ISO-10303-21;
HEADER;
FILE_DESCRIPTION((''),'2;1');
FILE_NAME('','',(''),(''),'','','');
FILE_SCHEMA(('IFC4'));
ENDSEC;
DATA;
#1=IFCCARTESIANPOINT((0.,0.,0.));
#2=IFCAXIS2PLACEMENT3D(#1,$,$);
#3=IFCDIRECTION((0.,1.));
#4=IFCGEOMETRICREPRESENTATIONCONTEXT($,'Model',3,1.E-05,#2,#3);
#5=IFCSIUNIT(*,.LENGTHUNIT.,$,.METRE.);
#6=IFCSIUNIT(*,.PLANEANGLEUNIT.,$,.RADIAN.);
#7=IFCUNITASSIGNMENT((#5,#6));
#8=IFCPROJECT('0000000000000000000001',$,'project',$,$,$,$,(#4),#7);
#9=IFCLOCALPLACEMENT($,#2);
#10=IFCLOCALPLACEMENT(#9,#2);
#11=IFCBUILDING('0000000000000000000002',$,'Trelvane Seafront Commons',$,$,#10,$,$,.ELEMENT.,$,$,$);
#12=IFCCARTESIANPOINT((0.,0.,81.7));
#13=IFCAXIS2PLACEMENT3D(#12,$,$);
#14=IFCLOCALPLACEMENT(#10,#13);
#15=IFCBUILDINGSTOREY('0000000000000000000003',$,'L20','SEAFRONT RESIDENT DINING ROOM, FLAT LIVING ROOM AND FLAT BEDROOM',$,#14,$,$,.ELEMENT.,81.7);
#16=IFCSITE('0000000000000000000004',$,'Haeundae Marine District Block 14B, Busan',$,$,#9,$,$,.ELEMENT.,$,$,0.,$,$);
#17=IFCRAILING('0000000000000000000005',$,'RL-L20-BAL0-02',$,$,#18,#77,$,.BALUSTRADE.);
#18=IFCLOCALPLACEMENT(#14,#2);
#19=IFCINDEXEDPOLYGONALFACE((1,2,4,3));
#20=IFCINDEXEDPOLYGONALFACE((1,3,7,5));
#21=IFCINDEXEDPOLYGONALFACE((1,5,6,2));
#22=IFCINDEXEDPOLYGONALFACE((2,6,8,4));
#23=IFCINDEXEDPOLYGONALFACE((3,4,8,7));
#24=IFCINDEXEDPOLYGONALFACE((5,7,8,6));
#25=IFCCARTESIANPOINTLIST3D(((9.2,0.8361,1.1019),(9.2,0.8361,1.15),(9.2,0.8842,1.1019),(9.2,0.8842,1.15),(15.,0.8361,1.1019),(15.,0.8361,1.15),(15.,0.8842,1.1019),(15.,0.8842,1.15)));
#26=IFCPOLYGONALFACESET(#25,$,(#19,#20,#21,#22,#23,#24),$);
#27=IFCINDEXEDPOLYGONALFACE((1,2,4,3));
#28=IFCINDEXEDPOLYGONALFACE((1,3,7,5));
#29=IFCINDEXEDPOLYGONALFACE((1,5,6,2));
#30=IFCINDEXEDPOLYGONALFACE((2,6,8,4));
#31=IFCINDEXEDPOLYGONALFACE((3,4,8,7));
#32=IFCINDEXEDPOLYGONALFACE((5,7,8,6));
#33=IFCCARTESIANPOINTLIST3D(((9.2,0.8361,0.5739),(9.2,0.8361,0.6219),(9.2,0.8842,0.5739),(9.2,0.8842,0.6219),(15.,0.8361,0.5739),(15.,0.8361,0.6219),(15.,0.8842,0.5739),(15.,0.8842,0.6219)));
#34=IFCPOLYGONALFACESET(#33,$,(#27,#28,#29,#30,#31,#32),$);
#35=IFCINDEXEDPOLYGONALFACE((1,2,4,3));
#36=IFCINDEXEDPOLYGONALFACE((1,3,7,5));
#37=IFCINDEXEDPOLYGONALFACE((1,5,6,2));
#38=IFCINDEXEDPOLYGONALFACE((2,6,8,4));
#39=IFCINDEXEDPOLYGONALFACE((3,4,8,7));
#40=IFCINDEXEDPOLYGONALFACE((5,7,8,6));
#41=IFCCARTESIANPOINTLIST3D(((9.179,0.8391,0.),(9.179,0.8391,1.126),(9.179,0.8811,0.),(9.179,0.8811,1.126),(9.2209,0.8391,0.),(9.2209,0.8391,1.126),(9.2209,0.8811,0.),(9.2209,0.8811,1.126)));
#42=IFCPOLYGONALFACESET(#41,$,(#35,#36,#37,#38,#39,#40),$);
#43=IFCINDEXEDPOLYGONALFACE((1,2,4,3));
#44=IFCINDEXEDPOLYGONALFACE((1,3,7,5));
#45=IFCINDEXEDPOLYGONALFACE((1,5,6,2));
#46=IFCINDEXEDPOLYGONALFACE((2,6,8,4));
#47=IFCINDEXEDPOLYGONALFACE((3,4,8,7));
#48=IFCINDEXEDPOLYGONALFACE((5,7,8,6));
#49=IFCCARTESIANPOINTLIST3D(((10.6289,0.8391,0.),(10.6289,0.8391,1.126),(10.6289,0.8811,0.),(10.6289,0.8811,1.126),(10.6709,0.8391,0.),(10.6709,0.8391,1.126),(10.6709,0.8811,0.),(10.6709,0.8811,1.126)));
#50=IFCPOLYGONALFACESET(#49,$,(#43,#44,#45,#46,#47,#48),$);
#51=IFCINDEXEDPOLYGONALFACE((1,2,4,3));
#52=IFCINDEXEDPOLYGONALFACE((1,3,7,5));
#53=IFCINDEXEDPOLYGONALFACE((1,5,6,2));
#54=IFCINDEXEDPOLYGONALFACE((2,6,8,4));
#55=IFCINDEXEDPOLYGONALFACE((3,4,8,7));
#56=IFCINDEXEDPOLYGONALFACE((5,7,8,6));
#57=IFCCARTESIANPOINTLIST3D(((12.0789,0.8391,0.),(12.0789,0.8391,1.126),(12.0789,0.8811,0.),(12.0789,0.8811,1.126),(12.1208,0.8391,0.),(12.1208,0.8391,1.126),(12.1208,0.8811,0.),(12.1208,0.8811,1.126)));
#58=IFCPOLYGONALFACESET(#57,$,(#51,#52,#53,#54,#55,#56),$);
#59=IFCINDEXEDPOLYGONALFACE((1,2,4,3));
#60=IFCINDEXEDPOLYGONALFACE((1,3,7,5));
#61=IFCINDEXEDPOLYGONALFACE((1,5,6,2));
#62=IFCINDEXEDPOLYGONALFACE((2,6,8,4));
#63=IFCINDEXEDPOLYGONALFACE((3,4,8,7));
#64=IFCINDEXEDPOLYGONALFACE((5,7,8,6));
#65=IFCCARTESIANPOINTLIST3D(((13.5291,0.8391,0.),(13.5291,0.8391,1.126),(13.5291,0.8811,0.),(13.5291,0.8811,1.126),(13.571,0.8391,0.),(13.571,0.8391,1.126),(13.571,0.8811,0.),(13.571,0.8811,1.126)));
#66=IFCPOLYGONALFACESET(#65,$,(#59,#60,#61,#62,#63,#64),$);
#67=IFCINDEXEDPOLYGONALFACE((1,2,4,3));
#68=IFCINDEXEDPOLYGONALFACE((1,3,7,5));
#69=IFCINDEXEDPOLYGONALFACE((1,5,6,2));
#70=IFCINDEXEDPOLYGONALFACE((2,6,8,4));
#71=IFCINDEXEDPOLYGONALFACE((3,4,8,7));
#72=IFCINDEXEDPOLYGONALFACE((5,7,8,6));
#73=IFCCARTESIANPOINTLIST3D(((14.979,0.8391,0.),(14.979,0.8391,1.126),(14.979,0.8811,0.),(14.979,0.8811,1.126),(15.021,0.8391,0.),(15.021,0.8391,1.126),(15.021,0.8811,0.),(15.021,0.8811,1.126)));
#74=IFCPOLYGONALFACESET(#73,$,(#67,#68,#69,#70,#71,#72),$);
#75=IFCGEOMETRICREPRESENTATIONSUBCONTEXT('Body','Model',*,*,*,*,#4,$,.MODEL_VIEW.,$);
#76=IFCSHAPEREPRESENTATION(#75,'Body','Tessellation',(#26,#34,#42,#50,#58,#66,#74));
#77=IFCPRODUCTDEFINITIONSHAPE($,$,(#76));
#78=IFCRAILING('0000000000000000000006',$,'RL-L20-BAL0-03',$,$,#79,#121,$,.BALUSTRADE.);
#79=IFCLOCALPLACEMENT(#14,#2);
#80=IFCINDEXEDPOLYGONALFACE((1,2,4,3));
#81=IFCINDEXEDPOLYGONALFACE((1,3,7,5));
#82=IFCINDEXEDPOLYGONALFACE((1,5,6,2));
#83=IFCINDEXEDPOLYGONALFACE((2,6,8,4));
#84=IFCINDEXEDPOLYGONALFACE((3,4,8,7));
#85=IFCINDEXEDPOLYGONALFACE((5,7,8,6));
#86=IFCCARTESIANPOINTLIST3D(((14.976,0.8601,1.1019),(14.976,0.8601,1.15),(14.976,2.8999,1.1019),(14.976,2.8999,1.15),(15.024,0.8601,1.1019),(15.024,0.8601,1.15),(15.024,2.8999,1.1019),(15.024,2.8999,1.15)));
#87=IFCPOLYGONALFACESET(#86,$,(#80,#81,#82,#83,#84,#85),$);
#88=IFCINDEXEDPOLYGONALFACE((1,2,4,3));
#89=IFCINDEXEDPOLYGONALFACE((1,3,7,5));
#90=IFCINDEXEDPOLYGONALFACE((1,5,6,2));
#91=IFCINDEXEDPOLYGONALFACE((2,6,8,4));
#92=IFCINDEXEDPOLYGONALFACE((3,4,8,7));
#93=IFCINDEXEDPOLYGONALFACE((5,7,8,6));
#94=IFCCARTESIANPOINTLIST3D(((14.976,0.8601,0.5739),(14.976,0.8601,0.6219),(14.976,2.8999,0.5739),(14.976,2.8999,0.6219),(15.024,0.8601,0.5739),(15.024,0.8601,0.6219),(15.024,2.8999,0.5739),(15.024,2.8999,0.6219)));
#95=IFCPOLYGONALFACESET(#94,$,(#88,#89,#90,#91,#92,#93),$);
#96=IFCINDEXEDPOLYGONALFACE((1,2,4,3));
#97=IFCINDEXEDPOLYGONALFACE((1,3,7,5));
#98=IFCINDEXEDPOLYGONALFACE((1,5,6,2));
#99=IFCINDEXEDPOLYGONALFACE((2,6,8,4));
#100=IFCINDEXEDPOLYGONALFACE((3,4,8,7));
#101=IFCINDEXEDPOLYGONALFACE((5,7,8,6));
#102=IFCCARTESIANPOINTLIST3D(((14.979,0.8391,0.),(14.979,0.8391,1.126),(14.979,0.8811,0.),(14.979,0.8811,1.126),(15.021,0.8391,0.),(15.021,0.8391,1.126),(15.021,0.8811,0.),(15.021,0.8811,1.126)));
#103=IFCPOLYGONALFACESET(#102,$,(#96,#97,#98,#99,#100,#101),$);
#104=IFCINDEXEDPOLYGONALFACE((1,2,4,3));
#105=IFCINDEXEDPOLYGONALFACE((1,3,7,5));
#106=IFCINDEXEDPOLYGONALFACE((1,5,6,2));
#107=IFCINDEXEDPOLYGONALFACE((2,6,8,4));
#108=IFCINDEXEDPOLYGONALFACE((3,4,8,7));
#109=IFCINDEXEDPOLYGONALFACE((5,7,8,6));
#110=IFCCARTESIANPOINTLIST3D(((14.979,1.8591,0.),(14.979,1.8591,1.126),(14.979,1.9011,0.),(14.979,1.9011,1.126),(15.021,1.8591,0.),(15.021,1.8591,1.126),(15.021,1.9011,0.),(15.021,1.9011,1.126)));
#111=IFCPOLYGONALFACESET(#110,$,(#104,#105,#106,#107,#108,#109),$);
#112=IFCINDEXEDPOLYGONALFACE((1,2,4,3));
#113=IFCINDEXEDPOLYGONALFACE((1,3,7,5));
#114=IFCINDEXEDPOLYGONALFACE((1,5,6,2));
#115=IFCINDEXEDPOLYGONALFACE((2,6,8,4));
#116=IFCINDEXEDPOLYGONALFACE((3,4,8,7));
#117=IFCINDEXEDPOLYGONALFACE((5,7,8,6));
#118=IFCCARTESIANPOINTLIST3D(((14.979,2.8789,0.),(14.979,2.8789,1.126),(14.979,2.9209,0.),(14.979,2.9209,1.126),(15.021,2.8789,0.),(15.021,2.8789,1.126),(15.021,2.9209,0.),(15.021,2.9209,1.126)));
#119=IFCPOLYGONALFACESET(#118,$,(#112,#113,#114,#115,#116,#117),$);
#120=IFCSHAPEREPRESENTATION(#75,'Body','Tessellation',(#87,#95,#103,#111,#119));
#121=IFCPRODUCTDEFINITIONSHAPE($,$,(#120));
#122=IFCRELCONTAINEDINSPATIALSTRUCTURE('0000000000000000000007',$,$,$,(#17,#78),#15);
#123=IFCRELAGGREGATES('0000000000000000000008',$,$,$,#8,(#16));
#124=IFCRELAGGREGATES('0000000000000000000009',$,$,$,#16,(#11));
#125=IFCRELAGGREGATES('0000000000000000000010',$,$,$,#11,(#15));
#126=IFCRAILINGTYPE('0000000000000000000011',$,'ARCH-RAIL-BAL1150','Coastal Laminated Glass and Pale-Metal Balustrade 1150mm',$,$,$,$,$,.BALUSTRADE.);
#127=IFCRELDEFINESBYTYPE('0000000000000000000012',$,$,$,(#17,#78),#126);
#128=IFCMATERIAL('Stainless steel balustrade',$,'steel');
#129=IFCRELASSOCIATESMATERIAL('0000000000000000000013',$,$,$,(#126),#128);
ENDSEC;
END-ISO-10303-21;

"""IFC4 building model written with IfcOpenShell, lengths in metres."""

from ifc_helpers import new_model, si_unit, direction, frame, origin, origin_2d, place, context, subcontext, project, spatial, rectangle, extrude, material, type_object, element, save


model = new_model("IFC4")

# Units and contexts
model_context = context("Model", 3, precision=1e-05, world=origin(), true_north=direction((0.0, 1.0)))
body_context = subcontext(model_context, "Body", "Model", "MODEL_VIEW")
ifc_project = project(units=[si_unit("LENGTHUNIT", "METRE"), si_unit("PLANEANGLEUNIT", "RADIAN")], contexts=[model_context])

# Site, building, storey
site_placement = place(None, origin())
site = spatial("IfcSite", under=ifc_project, at=site_placement, Name="Haeundae Marine District Block 14B, Busan", CompositionType="ELEMENT", RefElevation=0.0)
building_placement = place(site_placement, origin())
building = spatial("IfcBuilding", under=site, at=building_placement, Name="Trelvane Seafront Commons", CompositionType="ELEMENT")
storey_placement = place(building_placement, frame((0.0, 0.0, 81.7)))
storey = spatial("IfcBuildingStorey", under=building, at=storey_placement, Name="L20", Description="SEAFRONT RESIDENT DINING ROOM, FLAT LIVING ROOM AND FLAT BEDROOM", CompositionType="ELEMENT", Elevation=81.7)

# Railings
ifc_material_1 = material(Name="Stainless steel balustrade", Category="steel")
railing_type = type_object("IfcRailingType", Name="ARCH-RAIL-BAL1150", Description="Coastal Laminated Glass and Pale-Metal Balustrade 1150mm", PredefinedType="BALUSTRADE", material=ifc_material_1)
railing_1_placement = place(storey_placement, frame((9.2, 0.8601, 0.0)))
element("IfcRailing", 1, at=railing_1_placement, inside=storey, type_object=railing_type, Name="RL-L20-BAL0-02", PredefinedType="BALUSTRADE", context=body_context, shape_type="SweptSolid", body=[
    extrude(rectangle(XDim=0.0481, YDim=0.0481, at=origin_2d()), frame((0.0, 0.0, 1.126), z_axis=(1.0, 0.0, 0.0), x_axis=(0.0, 1.0, 0.0)), (0.0, 0.0, 1.0), 5.8),
    extrude(rectangle(XDim=0.0481, YDim=0.0481, at=origin_2d()), frame((0.0, 0.0, 0.5979), z_axis=(1.0, 0.0, 0.0), x_axis=(0.0, 1.0, 0.0)), (0.0, 0.0, 1.0), 5.8),
    extrude(rectangle(XDim=0.042, YDim=0.042, at=origin_2d()), origin(), (0.0, 0.0, 1.0), 1.126),
    extrude(rectangle(XDim=0.042, YDim=0.042, at=origin_2d()), frame((1.45, 0.0, 0.0)), (0.0, 0.0, 1.0), 1.126),
    extrude(rectangle(XDim=0.042, YDim=0.042, at=origin_2d()), frame((2.8999, 0.0, 0.0)), (0.0, 0.0, 1.0), 1.126),
    extrude(rectangle(XDim=0.042, YDim=0.042, at=origin_2d()), frame((4.3501, 0.0, 0.0)), (0.0, 0.0, 1.0), 1.126),
    extrude(rectangle(XDim=0.042, YDim=0.042, at=origin_2d()), frame((5.8, 0.0, 0.0)), (0.0, 0.0, 1.0), 1.126),
])
railing_2_placement = place(storey_placement, frame((15.0, 0.8601, 0.0)))
element("IfcRailing", 2, at=railing_2_placement, inside=storey, type_object=railing_type, Name="RL-L20-BAL0-03", PredefinedType="BALUSTRADE", context=body_context, shape_type="SweptSolid", body=[
    extrude(rectangle(XDim=0.0481, YDim=0.0481, at=origin_2d()), frame((0.0, 0.0, 1.126), z_axis=(0.0, 1.0, 0.0), x_axis=(-1.0, 0.0, 0.0)), (0.0, 0.0, 1.0), 2.0398),
    extrude(rectangle(XDim=0.0481, YDim=0.0481, at=origin_2d()), frame((0.0, 0.0, 0.5979), z_axis=(0.0, 1.0, 0.0), x_axis=(-1.0, 0.0, 0.0)), (0.0, 0.0, 1.0), 2.0398),
    extrude(rectangle(XDim=0.042, YDim=0.042, at=origin_2d()), origin(), (0.0, 0.0, 1.0), 1.126),
    extrude(rectangle(XDim=0.042, YDim=0.042, at=origin_2d()), frame((0.0, 1.02, 0.0)), (0.0, 0.0, 1.0), 1.126),
    extrude(rectangle(XDim=0.042, YDim=0.042, at=origin_2d()), frame((0.0, 2.0398, 0.0)), (0.0, 0.0, 1.0), 1.126),
])

save(model, "model.ifc")
